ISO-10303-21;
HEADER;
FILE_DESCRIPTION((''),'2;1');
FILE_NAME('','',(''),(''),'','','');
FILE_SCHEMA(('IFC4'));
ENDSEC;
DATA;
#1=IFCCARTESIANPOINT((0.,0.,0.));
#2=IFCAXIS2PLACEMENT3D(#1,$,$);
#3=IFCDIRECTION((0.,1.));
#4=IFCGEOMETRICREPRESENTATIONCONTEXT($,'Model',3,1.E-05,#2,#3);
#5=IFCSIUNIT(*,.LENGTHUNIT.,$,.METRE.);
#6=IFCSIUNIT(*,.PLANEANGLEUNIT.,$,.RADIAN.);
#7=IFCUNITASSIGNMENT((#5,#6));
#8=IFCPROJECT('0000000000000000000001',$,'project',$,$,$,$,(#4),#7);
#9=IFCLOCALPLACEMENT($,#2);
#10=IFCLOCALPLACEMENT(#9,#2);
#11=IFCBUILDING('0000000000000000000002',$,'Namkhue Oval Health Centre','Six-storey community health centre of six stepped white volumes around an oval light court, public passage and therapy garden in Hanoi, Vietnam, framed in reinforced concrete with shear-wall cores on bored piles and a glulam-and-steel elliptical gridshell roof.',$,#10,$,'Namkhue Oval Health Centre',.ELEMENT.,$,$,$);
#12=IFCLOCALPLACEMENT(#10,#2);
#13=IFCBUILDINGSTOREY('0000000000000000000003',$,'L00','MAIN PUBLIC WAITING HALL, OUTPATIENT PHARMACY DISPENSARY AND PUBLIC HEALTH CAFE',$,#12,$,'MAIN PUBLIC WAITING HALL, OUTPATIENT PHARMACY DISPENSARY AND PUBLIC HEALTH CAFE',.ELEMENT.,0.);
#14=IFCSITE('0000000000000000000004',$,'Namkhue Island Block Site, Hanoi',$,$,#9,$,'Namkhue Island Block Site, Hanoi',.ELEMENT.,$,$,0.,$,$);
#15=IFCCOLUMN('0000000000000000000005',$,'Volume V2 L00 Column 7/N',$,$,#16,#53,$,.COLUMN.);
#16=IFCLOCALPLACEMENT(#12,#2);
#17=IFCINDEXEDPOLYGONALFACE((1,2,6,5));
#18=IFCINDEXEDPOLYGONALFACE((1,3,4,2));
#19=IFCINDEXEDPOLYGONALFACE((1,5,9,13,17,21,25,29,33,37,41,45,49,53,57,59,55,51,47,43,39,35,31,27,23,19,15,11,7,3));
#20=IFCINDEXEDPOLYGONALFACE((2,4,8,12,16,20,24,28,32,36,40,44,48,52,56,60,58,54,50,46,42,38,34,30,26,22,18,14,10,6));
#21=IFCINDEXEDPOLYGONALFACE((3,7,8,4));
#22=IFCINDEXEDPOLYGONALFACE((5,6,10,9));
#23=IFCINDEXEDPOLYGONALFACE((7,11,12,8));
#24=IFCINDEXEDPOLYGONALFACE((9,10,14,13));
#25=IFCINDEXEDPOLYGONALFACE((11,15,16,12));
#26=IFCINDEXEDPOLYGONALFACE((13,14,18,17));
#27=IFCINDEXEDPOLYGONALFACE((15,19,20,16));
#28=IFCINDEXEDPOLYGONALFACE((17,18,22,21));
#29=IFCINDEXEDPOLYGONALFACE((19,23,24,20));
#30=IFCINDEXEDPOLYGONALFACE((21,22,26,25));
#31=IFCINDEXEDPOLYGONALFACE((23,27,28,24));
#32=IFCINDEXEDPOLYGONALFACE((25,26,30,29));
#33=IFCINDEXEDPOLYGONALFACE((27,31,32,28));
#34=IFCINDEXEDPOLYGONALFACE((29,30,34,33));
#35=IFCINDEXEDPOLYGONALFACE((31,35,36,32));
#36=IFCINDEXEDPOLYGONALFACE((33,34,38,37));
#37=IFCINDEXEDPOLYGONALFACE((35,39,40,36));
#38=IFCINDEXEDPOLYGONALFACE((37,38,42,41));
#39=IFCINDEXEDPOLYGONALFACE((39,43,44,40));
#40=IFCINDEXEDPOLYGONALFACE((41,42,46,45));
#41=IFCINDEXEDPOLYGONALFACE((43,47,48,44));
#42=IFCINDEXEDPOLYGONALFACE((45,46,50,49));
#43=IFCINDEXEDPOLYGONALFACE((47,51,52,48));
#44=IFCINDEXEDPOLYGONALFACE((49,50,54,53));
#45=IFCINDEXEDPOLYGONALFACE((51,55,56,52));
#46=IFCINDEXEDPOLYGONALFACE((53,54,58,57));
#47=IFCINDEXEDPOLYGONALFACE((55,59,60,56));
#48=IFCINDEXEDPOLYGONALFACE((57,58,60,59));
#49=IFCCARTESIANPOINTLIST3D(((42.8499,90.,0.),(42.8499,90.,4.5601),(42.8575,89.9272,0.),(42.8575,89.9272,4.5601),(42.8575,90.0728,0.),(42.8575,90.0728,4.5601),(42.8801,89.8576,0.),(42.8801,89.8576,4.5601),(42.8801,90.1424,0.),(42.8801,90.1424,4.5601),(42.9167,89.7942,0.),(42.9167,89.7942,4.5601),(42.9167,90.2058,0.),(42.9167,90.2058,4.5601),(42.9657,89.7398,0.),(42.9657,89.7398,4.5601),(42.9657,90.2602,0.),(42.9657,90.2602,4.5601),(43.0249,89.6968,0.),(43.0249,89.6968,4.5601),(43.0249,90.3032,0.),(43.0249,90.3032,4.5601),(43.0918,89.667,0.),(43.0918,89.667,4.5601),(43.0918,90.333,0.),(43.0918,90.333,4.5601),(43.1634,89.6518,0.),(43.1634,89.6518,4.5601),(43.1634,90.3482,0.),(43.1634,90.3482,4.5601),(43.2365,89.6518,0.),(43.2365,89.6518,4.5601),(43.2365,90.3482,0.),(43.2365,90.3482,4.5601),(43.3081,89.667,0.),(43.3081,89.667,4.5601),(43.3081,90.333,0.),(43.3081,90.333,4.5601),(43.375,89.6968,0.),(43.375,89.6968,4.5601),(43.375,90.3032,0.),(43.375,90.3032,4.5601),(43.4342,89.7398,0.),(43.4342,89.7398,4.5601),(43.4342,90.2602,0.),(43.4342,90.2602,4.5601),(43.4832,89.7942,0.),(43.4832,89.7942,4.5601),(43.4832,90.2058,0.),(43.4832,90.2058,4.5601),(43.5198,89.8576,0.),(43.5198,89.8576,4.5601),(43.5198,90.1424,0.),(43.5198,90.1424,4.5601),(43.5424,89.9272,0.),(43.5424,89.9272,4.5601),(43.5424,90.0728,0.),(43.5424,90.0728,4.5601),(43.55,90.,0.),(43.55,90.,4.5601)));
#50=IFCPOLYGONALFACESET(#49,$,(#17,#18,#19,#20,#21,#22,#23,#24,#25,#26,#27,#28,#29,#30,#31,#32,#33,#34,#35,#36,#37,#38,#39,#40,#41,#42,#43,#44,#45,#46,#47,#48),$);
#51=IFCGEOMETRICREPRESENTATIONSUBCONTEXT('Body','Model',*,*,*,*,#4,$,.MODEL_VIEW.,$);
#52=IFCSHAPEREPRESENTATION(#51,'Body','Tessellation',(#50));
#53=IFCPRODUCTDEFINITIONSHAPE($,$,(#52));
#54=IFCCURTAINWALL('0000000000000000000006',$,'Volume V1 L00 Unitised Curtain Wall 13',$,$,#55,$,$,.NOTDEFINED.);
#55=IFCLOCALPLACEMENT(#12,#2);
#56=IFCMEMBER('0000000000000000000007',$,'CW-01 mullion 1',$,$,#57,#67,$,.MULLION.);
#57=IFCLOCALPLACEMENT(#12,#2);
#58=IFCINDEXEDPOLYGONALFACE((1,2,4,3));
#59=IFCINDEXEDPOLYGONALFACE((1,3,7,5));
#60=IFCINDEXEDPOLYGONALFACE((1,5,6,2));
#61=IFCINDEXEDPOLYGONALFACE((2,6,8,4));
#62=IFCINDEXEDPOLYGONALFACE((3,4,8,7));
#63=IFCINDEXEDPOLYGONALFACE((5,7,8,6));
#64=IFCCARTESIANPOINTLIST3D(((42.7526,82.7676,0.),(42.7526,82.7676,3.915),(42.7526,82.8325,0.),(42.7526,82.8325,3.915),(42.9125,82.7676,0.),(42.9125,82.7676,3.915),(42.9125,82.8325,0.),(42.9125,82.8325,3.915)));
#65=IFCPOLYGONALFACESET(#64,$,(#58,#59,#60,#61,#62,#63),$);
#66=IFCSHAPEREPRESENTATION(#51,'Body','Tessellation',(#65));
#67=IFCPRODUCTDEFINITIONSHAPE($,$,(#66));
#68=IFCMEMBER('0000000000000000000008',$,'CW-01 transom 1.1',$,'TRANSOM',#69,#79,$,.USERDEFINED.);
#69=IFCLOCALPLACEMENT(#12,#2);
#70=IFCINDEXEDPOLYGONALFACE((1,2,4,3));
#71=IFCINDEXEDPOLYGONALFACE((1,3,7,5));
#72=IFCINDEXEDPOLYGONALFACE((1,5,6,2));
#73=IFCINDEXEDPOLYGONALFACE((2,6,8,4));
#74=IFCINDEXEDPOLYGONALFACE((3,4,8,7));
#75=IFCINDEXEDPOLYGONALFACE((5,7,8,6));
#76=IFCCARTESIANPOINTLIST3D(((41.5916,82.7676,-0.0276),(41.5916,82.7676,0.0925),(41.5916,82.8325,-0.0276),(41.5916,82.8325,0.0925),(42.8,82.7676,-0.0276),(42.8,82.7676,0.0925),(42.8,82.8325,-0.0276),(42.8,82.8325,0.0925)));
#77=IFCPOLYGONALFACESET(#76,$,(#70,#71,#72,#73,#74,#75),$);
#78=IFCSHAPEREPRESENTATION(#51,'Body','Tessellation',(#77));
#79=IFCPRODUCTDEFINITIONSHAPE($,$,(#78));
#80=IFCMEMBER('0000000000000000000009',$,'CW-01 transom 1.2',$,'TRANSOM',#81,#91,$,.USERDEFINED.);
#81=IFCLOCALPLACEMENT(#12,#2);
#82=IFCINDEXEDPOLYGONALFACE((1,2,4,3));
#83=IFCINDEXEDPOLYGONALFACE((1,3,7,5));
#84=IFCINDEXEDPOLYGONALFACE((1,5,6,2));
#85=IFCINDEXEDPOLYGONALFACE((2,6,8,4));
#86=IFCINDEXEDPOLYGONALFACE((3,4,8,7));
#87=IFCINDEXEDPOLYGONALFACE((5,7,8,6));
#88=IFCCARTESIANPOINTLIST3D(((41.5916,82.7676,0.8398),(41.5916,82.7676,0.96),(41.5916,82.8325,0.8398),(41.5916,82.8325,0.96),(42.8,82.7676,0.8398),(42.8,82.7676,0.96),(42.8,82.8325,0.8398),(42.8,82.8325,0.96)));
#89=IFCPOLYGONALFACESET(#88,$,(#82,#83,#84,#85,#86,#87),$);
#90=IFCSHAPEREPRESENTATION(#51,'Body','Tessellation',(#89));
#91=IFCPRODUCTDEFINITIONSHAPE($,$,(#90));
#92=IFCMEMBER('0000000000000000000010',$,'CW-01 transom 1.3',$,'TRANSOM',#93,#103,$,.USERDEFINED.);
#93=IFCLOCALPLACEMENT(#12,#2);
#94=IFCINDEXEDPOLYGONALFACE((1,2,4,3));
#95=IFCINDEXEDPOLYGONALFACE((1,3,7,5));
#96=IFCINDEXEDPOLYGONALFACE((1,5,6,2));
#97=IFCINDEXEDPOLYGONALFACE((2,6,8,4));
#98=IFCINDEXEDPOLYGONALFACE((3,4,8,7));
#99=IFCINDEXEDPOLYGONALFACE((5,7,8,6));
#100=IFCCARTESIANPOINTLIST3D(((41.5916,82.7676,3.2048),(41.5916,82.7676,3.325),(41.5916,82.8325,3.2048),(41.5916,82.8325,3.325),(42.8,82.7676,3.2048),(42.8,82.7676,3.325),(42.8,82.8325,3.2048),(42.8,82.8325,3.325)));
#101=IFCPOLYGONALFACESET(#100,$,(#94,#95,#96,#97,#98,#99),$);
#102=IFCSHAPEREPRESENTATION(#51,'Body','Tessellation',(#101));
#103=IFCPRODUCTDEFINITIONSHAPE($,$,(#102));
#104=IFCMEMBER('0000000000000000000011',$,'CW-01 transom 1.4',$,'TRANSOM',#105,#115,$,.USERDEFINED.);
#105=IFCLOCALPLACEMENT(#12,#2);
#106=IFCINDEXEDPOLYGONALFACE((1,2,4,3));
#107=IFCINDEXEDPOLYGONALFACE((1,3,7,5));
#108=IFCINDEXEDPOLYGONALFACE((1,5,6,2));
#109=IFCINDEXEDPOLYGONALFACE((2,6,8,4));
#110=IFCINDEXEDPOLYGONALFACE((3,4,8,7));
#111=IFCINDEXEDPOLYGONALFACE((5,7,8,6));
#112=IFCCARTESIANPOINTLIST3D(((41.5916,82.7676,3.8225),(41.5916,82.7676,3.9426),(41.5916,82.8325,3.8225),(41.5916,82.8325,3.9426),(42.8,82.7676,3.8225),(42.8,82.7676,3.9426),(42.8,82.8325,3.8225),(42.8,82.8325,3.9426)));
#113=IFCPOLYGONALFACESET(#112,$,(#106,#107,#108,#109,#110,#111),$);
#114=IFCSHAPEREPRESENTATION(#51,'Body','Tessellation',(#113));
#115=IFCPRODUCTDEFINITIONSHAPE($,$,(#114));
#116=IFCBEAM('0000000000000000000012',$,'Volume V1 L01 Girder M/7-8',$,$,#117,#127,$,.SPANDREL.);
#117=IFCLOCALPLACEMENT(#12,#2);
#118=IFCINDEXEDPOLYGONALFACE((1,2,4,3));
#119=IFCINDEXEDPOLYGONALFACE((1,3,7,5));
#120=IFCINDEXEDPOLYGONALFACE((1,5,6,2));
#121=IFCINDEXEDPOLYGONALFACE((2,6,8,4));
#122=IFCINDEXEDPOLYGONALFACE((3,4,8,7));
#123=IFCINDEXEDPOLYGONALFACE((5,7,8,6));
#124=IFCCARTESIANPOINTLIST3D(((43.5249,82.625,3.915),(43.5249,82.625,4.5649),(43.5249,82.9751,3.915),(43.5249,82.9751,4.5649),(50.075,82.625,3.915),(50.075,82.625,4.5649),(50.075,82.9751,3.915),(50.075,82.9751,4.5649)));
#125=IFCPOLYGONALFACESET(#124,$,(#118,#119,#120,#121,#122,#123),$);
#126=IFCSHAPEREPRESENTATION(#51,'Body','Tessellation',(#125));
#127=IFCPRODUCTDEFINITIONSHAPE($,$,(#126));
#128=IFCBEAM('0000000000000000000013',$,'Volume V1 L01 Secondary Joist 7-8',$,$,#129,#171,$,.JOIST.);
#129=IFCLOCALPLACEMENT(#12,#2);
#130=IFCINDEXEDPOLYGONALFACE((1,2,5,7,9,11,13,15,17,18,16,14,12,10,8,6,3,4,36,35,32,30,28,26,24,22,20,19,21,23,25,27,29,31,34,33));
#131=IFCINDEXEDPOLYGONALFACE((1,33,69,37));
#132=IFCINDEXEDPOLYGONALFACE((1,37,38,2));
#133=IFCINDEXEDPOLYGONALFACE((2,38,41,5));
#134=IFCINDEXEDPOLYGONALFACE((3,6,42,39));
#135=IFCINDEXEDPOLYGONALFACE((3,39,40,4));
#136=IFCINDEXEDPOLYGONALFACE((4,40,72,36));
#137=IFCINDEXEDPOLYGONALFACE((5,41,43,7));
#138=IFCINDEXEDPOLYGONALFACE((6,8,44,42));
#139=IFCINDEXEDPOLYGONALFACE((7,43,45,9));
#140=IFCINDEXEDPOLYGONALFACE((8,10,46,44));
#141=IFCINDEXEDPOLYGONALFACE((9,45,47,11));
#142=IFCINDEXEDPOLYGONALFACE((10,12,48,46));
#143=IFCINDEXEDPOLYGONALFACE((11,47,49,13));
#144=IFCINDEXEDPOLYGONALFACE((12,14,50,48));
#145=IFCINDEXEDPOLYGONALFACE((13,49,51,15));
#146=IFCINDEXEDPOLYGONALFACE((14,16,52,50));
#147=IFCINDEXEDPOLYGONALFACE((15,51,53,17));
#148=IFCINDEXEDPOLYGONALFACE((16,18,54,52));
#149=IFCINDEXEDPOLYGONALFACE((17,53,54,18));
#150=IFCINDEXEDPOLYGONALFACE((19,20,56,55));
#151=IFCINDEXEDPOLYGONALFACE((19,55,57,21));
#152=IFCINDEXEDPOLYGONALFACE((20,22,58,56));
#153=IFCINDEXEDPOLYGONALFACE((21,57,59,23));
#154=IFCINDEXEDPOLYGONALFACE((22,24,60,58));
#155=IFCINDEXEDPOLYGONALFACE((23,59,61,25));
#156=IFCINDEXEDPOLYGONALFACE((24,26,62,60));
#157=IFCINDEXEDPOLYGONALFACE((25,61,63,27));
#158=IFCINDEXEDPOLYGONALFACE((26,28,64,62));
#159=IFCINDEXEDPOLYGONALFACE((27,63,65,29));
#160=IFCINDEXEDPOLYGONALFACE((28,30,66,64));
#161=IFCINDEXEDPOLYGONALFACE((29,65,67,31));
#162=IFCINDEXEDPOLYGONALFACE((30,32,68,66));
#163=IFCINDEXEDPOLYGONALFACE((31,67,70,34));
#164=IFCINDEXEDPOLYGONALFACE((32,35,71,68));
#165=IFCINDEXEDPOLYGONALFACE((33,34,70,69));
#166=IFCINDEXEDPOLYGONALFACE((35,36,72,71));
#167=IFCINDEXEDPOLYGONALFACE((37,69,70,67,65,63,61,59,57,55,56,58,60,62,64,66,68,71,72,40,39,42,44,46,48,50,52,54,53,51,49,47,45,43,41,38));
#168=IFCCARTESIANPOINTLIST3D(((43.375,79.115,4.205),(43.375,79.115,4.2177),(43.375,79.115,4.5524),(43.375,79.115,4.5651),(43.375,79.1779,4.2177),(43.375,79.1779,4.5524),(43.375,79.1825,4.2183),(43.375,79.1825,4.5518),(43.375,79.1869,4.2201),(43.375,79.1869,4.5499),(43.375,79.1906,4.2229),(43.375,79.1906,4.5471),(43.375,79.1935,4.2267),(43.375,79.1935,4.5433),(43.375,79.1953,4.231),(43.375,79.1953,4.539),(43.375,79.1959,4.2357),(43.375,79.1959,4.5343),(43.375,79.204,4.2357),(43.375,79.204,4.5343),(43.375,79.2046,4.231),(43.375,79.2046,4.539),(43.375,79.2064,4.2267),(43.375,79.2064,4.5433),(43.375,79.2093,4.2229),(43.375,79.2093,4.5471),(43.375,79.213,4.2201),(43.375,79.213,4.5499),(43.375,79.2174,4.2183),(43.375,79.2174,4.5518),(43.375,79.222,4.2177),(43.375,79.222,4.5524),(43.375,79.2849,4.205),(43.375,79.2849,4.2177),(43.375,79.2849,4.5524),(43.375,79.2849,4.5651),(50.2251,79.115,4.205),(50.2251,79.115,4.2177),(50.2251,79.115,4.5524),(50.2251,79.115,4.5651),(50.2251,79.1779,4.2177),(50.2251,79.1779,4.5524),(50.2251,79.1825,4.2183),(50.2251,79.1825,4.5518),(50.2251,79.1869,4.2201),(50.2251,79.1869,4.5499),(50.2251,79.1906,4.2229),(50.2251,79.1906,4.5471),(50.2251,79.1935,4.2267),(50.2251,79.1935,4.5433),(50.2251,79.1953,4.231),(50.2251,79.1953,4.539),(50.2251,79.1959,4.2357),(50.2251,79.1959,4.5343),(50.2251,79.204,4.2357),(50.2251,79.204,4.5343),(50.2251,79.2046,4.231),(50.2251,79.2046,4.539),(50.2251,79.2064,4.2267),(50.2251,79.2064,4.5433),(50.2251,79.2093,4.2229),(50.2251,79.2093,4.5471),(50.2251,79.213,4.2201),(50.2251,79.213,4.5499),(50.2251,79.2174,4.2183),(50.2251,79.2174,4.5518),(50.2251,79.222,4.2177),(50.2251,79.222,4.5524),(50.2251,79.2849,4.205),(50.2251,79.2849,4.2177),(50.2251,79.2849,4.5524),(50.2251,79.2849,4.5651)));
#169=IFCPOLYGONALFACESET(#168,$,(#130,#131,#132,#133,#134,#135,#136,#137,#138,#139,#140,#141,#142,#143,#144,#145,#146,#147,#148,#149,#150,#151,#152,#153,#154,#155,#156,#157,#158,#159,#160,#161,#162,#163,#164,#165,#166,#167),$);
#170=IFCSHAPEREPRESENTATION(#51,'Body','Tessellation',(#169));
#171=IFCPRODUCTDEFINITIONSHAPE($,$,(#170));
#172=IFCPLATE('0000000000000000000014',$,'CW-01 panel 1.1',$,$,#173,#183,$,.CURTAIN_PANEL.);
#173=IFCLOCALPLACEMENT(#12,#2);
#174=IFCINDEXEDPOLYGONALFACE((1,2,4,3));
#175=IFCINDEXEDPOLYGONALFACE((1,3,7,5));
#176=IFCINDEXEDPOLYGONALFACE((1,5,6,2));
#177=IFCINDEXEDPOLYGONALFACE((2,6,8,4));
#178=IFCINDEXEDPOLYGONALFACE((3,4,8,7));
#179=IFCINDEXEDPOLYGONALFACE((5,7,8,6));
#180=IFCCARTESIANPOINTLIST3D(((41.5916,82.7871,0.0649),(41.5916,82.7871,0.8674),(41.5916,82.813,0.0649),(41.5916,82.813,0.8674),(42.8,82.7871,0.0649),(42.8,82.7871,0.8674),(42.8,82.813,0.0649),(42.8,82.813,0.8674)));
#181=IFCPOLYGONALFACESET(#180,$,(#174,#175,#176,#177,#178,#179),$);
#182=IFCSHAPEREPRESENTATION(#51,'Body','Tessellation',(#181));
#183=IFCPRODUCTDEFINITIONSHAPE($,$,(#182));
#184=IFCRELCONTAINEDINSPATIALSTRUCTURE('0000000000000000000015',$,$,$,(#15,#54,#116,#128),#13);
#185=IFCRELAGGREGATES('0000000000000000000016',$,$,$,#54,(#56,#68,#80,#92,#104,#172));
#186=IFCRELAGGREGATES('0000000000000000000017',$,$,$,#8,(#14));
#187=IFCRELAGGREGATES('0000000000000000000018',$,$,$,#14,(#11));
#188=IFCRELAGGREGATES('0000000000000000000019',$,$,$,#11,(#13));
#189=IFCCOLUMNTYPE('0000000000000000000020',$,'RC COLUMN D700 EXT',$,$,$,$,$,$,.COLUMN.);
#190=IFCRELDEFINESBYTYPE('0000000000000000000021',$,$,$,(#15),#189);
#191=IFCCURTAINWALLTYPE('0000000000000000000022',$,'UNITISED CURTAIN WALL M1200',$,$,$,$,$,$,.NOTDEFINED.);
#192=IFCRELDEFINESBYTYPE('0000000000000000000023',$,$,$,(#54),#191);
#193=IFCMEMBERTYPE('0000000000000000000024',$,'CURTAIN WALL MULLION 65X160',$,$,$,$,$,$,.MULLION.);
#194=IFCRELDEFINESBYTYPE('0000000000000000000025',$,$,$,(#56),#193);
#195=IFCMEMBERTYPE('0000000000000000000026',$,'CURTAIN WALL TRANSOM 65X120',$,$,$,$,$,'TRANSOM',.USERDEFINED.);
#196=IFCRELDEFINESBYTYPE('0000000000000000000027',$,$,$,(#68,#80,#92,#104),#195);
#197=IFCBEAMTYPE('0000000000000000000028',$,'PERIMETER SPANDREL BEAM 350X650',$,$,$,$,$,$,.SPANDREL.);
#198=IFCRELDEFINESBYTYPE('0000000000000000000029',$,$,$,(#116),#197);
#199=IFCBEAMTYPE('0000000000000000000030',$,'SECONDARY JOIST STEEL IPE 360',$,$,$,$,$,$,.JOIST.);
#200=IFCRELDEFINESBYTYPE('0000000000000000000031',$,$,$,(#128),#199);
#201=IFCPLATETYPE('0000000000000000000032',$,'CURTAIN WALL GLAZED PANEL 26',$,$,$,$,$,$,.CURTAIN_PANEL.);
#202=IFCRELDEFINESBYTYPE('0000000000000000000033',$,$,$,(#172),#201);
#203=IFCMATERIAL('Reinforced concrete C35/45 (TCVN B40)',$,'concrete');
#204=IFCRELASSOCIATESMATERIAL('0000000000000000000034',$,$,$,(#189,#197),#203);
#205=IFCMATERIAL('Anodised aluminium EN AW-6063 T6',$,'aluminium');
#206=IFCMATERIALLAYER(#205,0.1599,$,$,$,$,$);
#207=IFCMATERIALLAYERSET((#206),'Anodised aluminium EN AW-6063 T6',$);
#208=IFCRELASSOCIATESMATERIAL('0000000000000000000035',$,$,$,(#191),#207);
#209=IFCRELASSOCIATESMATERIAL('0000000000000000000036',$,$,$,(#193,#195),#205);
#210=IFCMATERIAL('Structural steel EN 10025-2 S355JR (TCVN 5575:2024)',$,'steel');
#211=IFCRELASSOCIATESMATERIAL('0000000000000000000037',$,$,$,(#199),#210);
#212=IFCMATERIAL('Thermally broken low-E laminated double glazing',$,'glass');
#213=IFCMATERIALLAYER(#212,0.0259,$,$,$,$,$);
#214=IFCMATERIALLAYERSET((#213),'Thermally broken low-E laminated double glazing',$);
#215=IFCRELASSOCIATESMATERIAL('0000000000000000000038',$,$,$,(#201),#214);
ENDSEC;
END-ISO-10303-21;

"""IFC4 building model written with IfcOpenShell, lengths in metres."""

from ifc_helpers import new_model, si_unit, direction, frame, origin, origin_2d, place, context, subcontext, project, spatial, rectangle, circle, i_section, extrude, material, layer, layer_set, material_profile, profile_set, type_object, element, aggregate, save


model = new_model("IFC4")

# Units and contexts
model_context = context("Model", 3, precision=1e-05, world=origin(), true_north=direction((0.0, 1.0)))
body_context = subcontext(model_context, "Body", "Model", "MODEL_VIEW")
ifc_project = project(units=[si_unit("LENGTHUNIT", "METRE"), si_unit("PLANEANGLEUNIT", "RADIAN")], contexts=[model_context])

# Site, building, storey
site_placement = place(None, origin())
site = spatial("IfcSite", under=ifc_project, at=site_placement, Name="Namkhue Island Block Site, Hanoi", LongName="Namkhue Island Block Site, Hanoi", CompositionType="ELEMENT", RefElevation=0.0)
building_placement = place(site_placement, origin())
building = spatial("IfcBuilding", under=site, at=building_placement, Name="Namkhue Oval Health Centre", Description="Six-storey community health centre of six stepped white volumes around an oval light court, public passage and therapy garden in Hanoi, Vietnam, framed in reinforced concrete with shear-wall cores on bored piles and a glulam-and-steel elliptical gridshell roof.", LongName="Namkhue Oval Health Centre", CompositionType="ELEMENT")
storey_placement = place(building_placement, origin())
storey = spatial("IfcBuildingStorey", under=building, at=storey_placement, Name="L00", Description="MAIN PUBLIC WAITING HALL, OUTPATIENT PHARMACY DISPENSARY AND PUBLIC HEALTH CAFE", LongName="MAIN PUBLIC WAITING HALL, OUTPATIENT PHARMACY DISPENSARY AND PUBLIC HEALTH CAFE", CompositionType="ELEMENT", Elevation=0.0)

# Column
ifc_material_1 = material(Name="Reinforced concrete C35/45 (TCVN B40)", Category="concrete")
ifc_material_profile_1 = material_profile(ifc_material_1, circle(Radius=0.3501, at=origin_2d()), Name="RC D700")
ifc_profile_set_1 = profile_set([ifc_material_profile_1], Name="Reinforced concrete C35/45 (TCVN B40)")
column_type_1 = type_object("IfcColumnType", Name="RC COLUMN D700 EXT", PredefinedType="COLUMN", material=ifc_profile_set_1)
column_1_placement = place(storey_placement, frame((43.2, 90.0, 0.0), z_axis=(0.0, 0.0, 1.0), x_axis=(1.0, 0.0, 0.0)))
element("IfcColumn", 1, at=column_1_placement, inside=storey, type_object=column_type_1, Name="Volume V2 L00 Column 7/N", PredefinedType="COLUMN", context=body_context, shape_type="SweptSolid", body=[
    extrude(circle(Radius=0.3501, at=origin_2d()), origin(), (0.0, 0.0, 1.0), 4.5601),
])

# Curtain wall, members
ifc_material_2 = material(Name="Anodised aluminium EN AW-6063 T6", Category="aluminium")
ifc_layer_1 = layer(ifc_material_2, 0.1599)
ifc_layer_set_1 = layer_set([ifc_layer_1], Name="Anodised aluminium EN AW-6063 T6")
curtain_wall_type = type_object("IfcCurtainWallType", Name="UNITISED CURTAIN WALL M1200", PredefinedType="NOTDEFINED", material=ifc_layer_set_1)
curtain_wall_placement = place(storey_placement, origin())
curtain_wall = element("IfcCurtainWall", 2, at=curtain_wall_placement, inside=storey, type_object=curtain_wall_type, Name="Volume V1 L00 Unitised Curtain Wall 13", PredefinedType="NOTDEFINED")
ifc_material_profile_2 = material_profile(ifc_material_2, rectangle(XDim=0.0649, YDim=0.1599, at=origin_2d()), Name="ALU 65x160")
ifc_profile_set_2 = profile_set([ifc_material_profile_2], Name="Anodised aluminium EN AW-6063 T6")
member_type_1 = type_object("IfcMemberType", Name="CURTAIN WALL MULLION 65X160", PredefinedType="MULLION", material=ifc_profile_set_2)
member_1_placement = place(storey_placement, frame((42.8325, 82.8, 0.0), z_axis=(0.0, 0.0, 1.0), x_axis=(0.0, -1.0, 0.0)))
member_1 = element("IfcMember", 3, at=member_1_placement, type_object=member_type_1, Name="CW-01 mullion 1", PredefinedType="MULLION", context=body_context, shape_type="SweptSolid", body=[
    extrude(rectangle(XDim=0.0649, YDim=0.1599, at=origin_2d()), origin(), (0.0, 0.0, 1.0), 3.915),
])
ifc_material_profile_3 = material_profile(ifc_material_2, rectangle(XDim=0.0649, YDim=0.1201, at=origin_2d()), Name="ALU 65x120")
ifc_profile_set_3 = profile_set([ifc_material_profile_3], Name="Anodised aluminium EN AW-6063 T6")
member_type_2 = type_object("IfcMemberType", Name="CURTAIN WALL TRANSOM 65X120", ElementType="TRANSOM", PredefinedType="USERDEFINED", material=ifc_profile_set_3)
member_2_placement = place(storey_placement, frame((42.8, 82.8, 0.0325), z_axis=(-1.0, 0.0, 0.0), x_axis=(0.0, -1.0, 0.0)))
member_2 = element("IfcMember", 4, at=member_2_placement, type_object=member_type_2, Name="CW-01 transom 1.1", ObjectType="TRANSOM", PredefinedType="USERDEFINED", context=body_context, shape_type="SweptSolid", body=[
    extrude(rectangle(XDim=0.0649, YDim=0.1201, at=origin_2d()), origin(), (0.0, 0.0, 1.0), 1.2085),
])
member_3_placement = place(storey_placement, frame((42.8, 82.8, 0.8999), z_axis=(-1.0, 0.0, 0.0), x_axis=(0.0, -1.0, 0.0)))
member_3 = element("IfcMember", 5, at=member_3_placement, type_object=member_type_2, Name="CW-01 transom 1.2", ObjectType="TRANSOM", PredefinedType="USERDEFINED", context=body_context, shape_type="SweptSolid", body=[
    extrude(rectangle(XDim=0.0649, YDim=0.1201, at=origin_2d()), origin(), (0.0, 0.0, 1.0), 1.2085),
])
member_4_placement = place(storey_placement, frame((42.8, 82.8, 3.2649), z_axis=(-1.0, 0.0, 0.0), x_axis=(0.0, -1.0, 0.0)))
member_4 = element("IfcMember", 6, at=member_4_placement, type_object=member_type_2, Name="CW-01 transom 1.3", ObjectType="TRANSOM", PredefinedType="USERDEFINED", context=body_context, shape_type="SweptSolid", body=[
    extrude(rectangle(XDim=0.0649, YDim=0.1201, at=origin_2d()), origin(), (0.0, 0.0, 1.0), 1.2085),
])
member_5_placement = place(storey_placement, frame((42.8, 82.8, 3.8826), z_axis=(-1.0, 0.0, 0.0), x_axis=(0.0, -1.0, 0.0)))
member_5 = element("IfcMember", 7, at=member_5_placement, type_object=member_type_2, Name="CW-01 transom 1.4", ObjectType="TRANSOM", PredefinedType="USERDEFINED", context=body_context, shape_type="SweptSolid", body=[
    extrude(rectangle(XDim=0.0649, YDim=0.1201, at=origin_2d()), origin(), (0.0, 0.0, 1.0), 1.2085),
])

# Beams
ifc_material_profile_4 = material_profile(ifc_material_1, rectangle(XDim=0.3501, YDim=0.6499, at=origin_2d()), Name="RC 350x650")
ifc_profile_set_4 = profile_set([ifc_material_profile_4], Name="Reinforced concrete C35/45 (TCVN B40)")
beam_type_1 = type_object("IfcBeamType", Name="PERIMETER SPANDREL BEAM 350X650", PredefinedType="SPANDREL", material=ifc_profile_set_4)
beam_1_placement = place(storey_placement, frame((43.5249, 82.8, 4.24), z_axis=(1.0, 0.0, 0.0), x_axis=(0.0, 1.0, 0.0)))
element("IfcBeam", 8, at=beam_1_placement, inside=storey, type_object=beam_type_1, Name="Volume V1 L01 Girder M/7-8", PredefinedType="SPANDREL", context=body_context, shape_type="SweptSolid", body=[
    extrude(rectangle(XDim=0.3501, YDim=0.6499, at=origin_2d()), origin(), (0.0, 0.0, 1.0), 6.55),
])
ifc_material_3 = material(Name="Structural steel EN 10025-2 S355JR (TCVN 5575:2024)", Category="steel")
ifc_material_profile_5 = material_profile(ifc_material_3, i_section(OverallWidth=0.1699, OverallDepth=0.3601, WebThickness=0.0081, FlangeThickness=0.0127, FilletRadius=0.0181, at=origin_2d()), Name="IPE 360")
ifc_profile_set_5 = profile_set([ifc_material_profile_5], Name="Structural steel EN 10025-2 S355JR (TCVN 5575:2024)")
beam_type_2 = type_object("IfcBeamType", Name="SECONDARY JOIST STEEL IPE 360", PredefinedType="JOIST", material=ifc_profile_set_5)
beam_2_placement = place(storey_placement, frame((43.375, 79.2, 4.385), z_axis=(1.0, 0.0, 0.0), x_axis=(0.0, 1.0, 0.0)))
element("IfcBeam", 9, at=beam_2_placement, inside=storey, type_object=beam_type_2, Name="Volume V1 L01 Secondary Joist 7-8", PredefinedType="JOIST", context=body_context, shape_type="SweptSolid", body=[
    extrude(i_section(OverallWidth=0.1699, OverallDepth=0.3601, WebThickness=0.0081, FlangeThickness=0.0127, FilletRadius=0.0181, at=origin_2d()), origin(), (0.0, 0.0, 1.0), 6.8501),
])

# Plate
ifc_material_4 = material(Name="Thermally broken low-E laminated double glazing", Category="glass")
ifc_layer_2 = layer(ifc_material_4, 0.0259)
ifc_layer_set_2 = layer_set([ifc_layer_2], Name="Thermally broken low-E laminated double glazing")
plate_type = type_object("IfcPlateType", Name="CURTAIN WALL GLAZED PANEL 26", PredefinedType="CURTAIN_PANEL", material=ifc_layer_set_2)
plate_1_placement = place(storey_placement, frame((42.1958, 82.8, 0.0649), z_axis=(0.0, 0.0, 1.0), x_axis=(-1.0, 0.0, 0.0)))
plate_1 = element("IfcPlate", 10, at=plate_1_placement, type_object=plate_type, Name="CW-01 panel 1.1", PredefinedType="CURTAIN_PANEL", context=body_context, shape_type="SweptSolid", body=[
    extrude(rectangle(XDim=1.2085, YDim=0.0259, at=origin_2d()), origin(), (0.0, 0.0, 1.0), 0.8025),
])
aggregate(curtain_wall, [member_1, member_2, member_3, member_4, member_5, plate_1])

save(model, "model.ifc")
